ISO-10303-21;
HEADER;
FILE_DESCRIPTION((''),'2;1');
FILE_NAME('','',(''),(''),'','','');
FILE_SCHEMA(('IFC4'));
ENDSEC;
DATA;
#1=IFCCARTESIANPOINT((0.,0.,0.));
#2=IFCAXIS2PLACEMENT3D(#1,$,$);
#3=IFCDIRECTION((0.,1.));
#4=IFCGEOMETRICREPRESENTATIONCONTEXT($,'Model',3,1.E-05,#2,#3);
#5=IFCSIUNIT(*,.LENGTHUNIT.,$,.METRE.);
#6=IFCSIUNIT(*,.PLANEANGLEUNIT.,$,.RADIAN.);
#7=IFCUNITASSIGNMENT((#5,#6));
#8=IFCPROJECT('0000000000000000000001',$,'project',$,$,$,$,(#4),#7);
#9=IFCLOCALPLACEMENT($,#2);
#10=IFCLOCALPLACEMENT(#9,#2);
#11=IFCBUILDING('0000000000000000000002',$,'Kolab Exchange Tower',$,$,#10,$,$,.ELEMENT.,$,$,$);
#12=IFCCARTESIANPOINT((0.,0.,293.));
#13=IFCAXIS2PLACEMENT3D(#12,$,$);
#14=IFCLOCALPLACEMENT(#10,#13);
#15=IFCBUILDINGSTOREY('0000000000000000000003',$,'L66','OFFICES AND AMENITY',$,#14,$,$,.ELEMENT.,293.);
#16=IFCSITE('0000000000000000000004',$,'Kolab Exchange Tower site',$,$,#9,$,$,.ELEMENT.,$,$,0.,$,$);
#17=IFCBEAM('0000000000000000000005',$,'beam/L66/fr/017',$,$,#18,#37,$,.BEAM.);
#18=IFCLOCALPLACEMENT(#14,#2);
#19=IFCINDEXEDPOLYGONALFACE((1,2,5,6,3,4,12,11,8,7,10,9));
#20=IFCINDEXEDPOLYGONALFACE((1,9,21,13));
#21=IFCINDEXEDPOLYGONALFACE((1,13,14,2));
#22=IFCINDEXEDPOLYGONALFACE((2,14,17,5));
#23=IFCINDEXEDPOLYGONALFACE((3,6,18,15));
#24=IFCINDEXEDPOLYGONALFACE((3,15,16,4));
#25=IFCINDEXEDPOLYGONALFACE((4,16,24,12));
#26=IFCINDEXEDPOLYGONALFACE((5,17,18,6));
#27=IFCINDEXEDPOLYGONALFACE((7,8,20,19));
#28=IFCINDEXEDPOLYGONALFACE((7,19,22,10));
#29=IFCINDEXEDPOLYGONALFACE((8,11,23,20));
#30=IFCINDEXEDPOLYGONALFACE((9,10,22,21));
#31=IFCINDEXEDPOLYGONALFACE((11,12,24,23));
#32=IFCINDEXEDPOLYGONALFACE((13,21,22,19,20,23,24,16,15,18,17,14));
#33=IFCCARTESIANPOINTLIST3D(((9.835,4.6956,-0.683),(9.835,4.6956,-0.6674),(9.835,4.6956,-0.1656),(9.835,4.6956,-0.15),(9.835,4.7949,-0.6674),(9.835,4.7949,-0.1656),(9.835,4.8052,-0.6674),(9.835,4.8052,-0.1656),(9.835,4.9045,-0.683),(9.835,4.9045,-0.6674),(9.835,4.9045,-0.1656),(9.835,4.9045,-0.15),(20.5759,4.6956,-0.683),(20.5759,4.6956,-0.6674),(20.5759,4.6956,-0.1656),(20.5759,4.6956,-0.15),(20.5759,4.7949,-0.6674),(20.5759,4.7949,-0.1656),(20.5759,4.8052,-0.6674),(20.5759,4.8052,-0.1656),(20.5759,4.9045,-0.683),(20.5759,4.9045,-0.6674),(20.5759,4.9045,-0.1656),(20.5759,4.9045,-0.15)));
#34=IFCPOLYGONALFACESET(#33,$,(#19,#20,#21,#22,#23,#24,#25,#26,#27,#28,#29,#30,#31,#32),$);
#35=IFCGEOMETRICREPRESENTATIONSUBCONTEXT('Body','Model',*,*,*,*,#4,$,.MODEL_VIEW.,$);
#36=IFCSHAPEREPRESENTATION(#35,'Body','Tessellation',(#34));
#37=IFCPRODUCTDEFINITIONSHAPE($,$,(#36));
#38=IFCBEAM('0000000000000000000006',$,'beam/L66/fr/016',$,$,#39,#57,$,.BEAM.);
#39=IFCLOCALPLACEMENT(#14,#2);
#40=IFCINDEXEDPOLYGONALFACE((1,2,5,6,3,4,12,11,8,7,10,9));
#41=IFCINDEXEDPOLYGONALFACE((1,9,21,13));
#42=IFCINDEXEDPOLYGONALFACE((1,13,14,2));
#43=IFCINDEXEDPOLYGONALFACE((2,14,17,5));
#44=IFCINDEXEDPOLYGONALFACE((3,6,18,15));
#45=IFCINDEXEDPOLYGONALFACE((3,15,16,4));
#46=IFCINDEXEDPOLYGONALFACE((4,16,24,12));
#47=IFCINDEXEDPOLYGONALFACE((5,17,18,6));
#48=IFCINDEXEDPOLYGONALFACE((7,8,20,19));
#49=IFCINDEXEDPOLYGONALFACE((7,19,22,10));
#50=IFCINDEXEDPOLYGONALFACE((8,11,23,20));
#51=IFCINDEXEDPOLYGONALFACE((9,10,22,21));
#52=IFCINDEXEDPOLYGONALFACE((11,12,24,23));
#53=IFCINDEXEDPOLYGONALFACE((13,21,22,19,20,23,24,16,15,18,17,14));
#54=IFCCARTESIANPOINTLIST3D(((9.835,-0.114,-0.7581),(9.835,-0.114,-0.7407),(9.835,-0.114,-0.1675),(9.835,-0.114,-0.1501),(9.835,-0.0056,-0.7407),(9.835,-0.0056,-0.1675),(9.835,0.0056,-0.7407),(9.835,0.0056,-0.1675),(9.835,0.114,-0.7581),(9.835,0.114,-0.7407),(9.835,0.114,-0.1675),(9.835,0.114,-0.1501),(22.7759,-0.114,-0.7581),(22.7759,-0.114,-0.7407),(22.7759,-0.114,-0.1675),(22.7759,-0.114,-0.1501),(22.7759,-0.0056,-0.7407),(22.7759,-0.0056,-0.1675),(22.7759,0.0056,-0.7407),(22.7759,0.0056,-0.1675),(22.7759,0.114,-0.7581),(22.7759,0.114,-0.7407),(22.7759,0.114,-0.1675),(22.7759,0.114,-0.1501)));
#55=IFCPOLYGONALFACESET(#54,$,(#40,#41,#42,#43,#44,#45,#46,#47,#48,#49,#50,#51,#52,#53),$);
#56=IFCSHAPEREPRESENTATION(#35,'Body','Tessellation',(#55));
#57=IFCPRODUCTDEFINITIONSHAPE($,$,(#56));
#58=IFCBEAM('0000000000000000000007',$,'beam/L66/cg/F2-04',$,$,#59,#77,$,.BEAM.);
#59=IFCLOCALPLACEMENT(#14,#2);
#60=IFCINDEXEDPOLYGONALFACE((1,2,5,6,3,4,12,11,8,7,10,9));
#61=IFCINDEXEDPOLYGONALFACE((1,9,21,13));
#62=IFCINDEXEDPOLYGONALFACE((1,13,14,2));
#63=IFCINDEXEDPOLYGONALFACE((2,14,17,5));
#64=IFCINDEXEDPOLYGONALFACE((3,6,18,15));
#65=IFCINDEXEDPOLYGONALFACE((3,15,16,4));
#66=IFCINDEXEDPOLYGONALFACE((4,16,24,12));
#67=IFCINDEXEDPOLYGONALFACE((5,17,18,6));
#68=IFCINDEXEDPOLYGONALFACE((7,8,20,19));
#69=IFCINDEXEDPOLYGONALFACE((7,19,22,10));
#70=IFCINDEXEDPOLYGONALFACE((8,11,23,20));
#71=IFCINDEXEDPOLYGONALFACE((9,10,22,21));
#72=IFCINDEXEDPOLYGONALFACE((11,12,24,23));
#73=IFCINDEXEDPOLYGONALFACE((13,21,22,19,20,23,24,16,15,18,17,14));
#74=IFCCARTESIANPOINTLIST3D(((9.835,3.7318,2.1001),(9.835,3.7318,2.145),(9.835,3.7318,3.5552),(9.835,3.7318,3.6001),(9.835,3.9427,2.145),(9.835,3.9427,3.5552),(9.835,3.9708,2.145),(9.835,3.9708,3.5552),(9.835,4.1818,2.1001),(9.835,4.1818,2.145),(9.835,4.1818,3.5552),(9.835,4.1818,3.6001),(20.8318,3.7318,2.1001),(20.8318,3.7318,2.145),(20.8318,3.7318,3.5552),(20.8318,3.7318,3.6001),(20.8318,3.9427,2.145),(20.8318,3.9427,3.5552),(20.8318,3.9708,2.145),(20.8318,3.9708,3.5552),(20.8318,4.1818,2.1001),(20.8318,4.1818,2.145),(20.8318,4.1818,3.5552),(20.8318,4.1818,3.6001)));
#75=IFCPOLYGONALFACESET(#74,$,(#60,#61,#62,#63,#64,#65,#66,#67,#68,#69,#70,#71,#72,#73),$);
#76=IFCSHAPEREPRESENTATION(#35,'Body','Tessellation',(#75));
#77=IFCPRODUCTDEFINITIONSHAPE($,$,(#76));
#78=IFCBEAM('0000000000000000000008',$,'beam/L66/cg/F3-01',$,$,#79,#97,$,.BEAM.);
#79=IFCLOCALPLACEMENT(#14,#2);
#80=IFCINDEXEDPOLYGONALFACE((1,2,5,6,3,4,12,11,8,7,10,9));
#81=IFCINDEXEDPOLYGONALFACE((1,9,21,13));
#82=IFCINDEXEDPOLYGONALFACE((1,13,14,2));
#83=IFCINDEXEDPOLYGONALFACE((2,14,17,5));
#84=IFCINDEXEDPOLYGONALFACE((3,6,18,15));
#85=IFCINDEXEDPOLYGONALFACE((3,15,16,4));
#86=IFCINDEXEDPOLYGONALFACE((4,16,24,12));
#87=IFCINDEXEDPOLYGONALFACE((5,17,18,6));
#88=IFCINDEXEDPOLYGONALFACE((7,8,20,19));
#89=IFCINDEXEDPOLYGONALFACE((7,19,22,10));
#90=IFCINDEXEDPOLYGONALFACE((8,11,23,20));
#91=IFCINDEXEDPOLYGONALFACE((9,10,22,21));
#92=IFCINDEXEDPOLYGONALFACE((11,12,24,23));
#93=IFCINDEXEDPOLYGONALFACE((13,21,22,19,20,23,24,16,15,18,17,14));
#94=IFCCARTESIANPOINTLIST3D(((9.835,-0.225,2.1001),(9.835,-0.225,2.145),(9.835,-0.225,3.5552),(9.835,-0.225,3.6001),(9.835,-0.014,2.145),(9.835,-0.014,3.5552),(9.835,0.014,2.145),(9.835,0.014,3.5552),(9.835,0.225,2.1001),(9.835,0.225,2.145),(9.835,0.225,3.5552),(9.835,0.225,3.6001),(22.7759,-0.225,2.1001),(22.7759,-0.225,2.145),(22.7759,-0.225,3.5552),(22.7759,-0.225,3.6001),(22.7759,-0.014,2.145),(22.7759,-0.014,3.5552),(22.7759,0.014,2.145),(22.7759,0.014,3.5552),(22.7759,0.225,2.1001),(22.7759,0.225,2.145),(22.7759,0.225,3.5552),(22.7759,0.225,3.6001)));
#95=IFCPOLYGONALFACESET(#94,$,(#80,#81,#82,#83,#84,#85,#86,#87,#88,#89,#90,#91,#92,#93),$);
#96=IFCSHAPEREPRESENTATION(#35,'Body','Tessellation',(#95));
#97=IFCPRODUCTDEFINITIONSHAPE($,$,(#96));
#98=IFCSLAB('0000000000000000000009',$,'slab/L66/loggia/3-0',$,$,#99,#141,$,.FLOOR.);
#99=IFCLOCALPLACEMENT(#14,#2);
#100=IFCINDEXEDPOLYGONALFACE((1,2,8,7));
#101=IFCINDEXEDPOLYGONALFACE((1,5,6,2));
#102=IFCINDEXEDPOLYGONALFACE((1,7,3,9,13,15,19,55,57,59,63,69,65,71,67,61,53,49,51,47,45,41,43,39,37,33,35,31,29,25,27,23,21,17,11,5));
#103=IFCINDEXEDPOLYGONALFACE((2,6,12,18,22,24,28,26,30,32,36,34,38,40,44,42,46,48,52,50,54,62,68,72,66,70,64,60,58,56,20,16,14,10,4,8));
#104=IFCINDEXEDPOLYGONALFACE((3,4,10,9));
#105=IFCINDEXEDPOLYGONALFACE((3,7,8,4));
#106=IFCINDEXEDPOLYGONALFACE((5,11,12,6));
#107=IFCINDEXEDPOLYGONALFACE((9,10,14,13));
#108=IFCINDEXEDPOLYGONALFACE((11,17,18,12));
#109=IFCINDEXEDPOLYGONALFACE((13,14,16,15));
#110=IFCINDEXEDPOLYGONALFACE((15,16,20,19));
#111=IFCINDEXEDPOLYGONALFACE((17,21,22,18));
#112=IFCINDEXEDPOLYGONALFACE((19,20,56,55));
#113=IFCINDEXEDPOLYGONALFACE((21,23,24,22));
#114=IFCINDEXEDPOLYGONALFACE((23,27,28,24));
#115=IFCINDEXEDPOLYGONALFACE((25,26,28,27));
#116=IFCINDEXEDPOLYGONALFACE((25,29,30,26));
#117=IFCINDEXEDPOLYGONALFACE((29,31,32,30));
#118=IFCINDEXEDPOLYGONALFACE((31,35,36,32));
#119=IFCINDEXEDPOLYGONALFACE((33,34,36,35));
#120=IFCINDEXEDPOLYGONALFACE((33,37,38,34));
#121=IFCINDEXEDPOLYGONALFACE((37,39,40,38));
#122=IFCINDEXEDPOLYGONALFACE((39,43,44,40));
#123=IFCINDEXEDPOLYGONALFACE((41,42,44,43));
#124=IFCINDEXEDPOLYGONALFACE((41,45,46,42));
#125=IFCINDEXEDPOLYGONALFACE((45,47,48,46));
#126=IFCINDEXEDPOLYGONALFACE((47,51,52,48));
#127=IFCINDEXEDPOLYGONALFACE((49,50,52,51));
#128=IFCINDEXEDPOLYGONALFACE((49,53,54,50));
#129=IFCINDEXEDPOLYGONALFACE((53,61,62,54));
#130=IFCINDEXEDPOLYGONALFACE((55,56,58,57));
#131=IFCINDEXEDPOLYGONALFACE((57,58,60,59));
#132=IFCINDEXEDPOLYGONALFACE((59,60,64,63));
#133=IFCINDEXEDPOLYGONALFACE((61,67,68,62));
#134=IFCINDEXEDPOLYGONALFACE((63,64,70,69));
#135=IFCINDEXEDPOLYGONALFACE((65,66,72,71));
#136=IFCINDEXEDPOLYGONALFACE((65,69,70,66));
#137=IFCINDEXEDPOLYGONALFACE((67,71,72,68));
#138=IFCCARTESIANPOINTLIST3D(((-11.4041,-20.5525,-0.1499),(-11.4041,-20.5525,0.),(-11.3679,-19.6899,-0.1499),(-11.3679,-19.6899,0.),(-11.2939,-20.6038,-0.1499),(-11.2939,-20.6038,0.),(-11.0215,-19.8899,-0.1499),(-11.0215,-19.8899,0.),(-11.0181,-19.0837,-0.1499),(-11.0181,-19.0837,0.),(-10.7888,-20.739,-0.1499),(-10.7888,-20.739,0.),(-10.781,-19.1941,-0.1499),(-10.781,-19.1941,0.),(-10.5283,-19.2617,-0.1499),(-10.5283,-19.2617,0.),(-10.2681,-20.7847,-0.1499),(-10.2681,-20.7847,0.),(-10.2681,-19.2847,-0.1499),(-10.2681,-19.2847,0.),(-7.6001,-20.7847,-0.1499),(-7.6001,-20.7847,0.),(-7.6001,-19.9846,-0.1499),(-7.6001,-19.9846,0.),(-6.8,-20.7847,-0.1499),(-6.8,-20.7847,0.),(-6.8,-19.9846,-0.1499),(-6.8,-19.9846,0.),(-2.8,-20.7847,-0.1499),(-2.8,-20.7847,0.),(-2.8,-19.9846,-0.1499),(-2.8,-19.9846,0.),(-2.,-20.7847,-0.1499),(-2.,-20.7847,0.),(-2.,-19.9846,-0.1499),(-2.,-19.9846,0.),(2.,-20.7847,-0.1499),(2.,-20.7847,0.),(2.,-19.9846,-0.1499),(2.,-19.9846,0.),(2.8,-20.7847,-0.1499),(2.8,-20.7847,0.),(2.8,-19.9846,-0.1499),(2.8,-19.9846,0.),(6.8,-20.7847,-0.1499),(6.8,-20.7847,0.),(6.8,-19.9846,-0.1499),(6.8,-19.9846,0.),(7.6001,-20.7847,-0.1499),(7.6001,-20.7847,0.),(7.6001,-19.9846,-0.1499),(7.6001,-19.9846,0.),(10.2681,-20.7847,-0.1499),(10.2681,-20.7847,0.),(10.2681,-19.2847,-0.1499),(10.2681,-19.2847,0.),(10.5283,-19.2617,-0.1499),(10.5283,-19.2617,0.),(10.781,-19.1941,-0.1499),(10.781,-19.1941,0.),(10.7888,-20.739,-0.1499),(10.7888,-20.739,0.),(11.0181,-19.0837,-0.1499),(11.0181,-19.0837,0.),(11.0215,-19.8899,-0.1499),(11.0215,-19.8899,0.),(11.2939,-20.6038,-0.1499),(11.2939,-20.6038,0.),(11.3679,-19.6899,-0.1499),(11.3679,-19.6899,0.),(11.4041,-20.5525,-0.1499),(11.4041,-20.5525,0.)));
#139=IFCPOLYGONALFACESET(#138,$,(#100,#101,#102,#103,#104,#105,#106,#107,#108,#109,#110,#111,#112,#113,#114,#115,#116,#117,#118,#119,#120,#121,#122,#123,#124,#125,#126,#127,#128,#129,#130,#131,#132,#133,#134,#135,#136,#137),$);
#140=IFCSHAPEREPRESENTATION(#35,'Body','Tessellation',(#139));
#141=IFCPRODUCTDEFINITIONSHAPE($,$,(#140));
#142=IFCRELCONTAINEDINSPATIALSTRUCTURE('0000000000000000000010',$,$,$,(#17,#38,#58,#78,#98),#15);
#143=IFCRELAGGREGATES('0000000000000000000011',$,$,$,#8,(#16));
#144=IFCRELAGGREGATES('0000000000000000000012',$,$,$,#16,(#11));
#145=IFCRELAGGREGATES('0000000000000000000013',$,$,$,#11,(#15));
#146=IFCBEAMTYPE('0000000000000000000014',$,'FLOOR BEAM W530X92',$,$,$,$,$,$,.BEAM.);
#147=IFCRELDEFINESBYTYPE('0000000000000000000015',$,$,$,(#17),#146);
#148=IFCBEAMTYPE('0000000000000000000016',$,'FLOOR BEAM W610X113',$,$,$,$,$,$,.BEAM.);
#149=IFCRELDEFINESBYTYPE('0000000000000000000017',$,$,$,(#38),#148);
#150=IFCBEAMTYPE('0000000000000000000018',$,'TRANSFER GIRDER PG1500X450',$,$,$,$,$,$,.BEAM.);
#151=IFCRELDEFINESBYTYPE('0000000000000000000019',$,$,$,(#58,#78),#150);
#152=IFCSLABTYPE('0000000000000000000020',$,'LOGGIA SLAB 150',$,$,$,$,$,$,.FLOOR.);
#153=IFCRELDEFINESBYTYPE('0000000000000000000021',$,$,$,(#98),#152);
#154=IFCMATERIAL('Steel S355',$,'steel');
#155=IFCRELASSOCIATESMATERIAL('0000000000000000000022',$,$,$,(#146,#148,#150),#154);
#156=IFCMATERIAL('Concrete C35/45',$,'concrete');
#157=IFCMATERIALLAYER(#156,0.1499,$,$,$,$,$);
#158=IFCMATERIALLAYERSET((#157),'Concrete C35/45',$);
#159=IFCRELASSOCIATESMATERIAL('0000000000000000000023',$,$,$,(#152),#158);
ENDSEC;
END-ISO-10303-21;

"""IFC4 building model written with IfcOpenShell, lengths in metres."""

from ifc_helpers import new_model, si_unit, direction, frame, origin, origin_2d, place, context, subcontext, project, spatial, polyline, i_section, outline, extrude, material, layer, layer_set, material_profile, profile_set, type_object, element, save


model = new_model("IFC4")

# Units and contexts
model_context = context("Model", 3, precision=1e-05, world=origin(), true_north=direction((0.0, 1.0)))
body_context = subcontext(model_context, "Body", "Model", "MODEL_VIEW")
ifc_project = project(units=[si_unit("LENGTHUNIT", "METRE"), si_unit("PLANEANGLEUNIT", "RADIAN")], contexts=[model_context])

# Site, building, storey
site_placement = place(None, origin())
site = spatial("IfcSite", under=ifc_project, at=site_placement, Name="Kolab Exchange Tower site", CompositionType="ELEMENT", RefElevation=0.0)
building_placement = place(site_placement, origin())
building = spatial("IfcBuilding", under=site, at=building_placement, Name="Kolab Exchange Tower", CompositionType="ELEMENT")
storey_placement = place(building_placement, frame((0.0, 0.0, 293.0)))
storey = spatial("IfcBuildingStorey", under=building, at=storey_placement, Name="L66", Description="OFFICES AND AMENITY", CompositionType="ELEMENT", Elevation=293.0)

# Beams
ifc_material_1 = material(Name="Steel S355", Category="steel")
ifc_material_profile_1 = material_profile(ifc_material_1, i_section(OverallWidth=0.209, OverallDepth=0.533, WebThickness=0.0103, FlangeThickness=0.0156, at=origin_2d()), Name="W530X92")
ifc_profile_set_1 = profile_set([ifc_material_profile_1], Name="Steel S355")
beam_type_1 = type_object("IfcBeamType", Name="FLOOR BEAM W530X92", PredefinedType="BEAM", material=ifc_profile_set_1)
beam_1_placement = place(storey_placement, frame((9.835, 4.8, -0.4165), z_axis=(1.0, 0.0, 0.0), x_axis=(0.0, 1.0, 0.0)))
element("IfcBeam", 1, at=beam_1_placement, inside=storey, type_object=beam_type_1, Name="beam/L66/fr/017", PredefinedType="BEAM", context=body_context, shape_type="SweptSolid", body=[
    extrude(i_section(OverallWidth=0.209, OverallDepth=0.533, WebThickness=0.0103, FlangeThickness=0.0156, at=origin_2d()), origin(), (0.0, 0.0, 1.0), 10.741),
])
ifc_material_profile_2 = material_profile(ifc_material_1, i_section(OverallWidth=0.228, OverallDepth=0.6079, WebThickness=0.0112, FlangeThickness=0.0173, at=origin_2d()), Name="W610X113")
ifc_profile_set_2 = profile_set([ifc_material_profile_2], Name="Steel S355")
beam_type_2 = type_object("IfcBeamType", Name="FLOOR BEAM W610X113", PredefinedType="BEAM", material=ifc_profile_set_2)
beam_2_placement = place(storey_placement, frame((9.835, 0.0, -0.4541), z_axis=(1.0, 0.0, 0.0), x_axis=(0.0, 1.0, 0.0)))
element("IfcBeam", 2, at=beam_2_placement, inside=storey, type_object=beam_type_2, Name="beam/L66/fr/016", PredefinedType="BEAM", context=body_context, shape_type="SweptSolid", body=[
    extrude(i_section(OverallWidth=0.228, OverallDepth=0.6079, WebThickness=0.0112, FlangeThickness=0.0173, at=origin_2d()), origin(), (0.0, 0.0, 1.0), 12.9409),
])
ifc_material_profile_3 = material_profile(ifc_material_1, i_section(OverallWidth=0.45, OverallDepth=1.5, WebThickness=0.0281, FlangeThickness=0.0449, at=origin_2d()), Name="PG1500X450")
ifc_profile_set_3 = profile_set([ifc_material_profile_3], Name="Steel S355")
beam_type_3 = type_object("IfcBeamType", Name="TRANSFER GIRDER PG1500X450", PredefinedType="BEAM", material=ifc_profile_set_3)
beam_3_placement = place(storey_placement, frame((9.835, 3.9568, 2.8501), z_axis=(1.0, 0.0, 0.0), x_axis=(0.0, 1.0, 0.0)))
element("IfcBeam", 3, at=beam_3_placement, inside=storey, type_object=beam_type_3, Name="beam/L66/cg/F2-04", PredefinedType="BEAM", context=body_context, shape_type="SweptSolid", body=[
    extrude(i_section(OverallWidth=0.45, OverallDepth=1.5, WebThickness=0.0281, FlangeThickness=0.0449, at=origin_2d()), origin(), (0.0, 0.0, 1.0), 10.9968),
])
beam_4_placement = place(storey_placement, frame((9.835, 0.0, 2.8501), z_axis=(1.0, 0.0, 0.0), x_axis=(0.0, 1.0, 0.0)))
element("IfcBeam", 4, at=beam_4_placement, inside=storey, type_object=beam_type_3, Name="beam/L66/cg/F3-01", PredefinedType="BEAM", context=body_context, shape_type="SweptSolid", body=[
    extrude(i_section(OverallWidth=0.45, OverallDepth=1.5, WebThickness=0.0281, FlangeThickness=0.0449, at=origin_2d()), origin(), (0.0, 0.0, 1.0), 12.9409),
])

# Slab
ifc_material_2 = material(Name="Concrete C35/45", Category="concrete")
ifc_layer_1 = layer(ifc_material_2, 0.1499)
ifc_layer_set_1 = layer_set([ifc_layer_1], Name="Concrete C35/45")
slab_type_1 = type_object("IfcSlabType", Name="LOGGIA SLAB 150", PredefinedType="FLOOR", material=ifc_layer_set_1)
slab_1_placement = place(storey_placement, frame((0.0, 0.0, -0.1499)))
element("IfcSlab", 5, at=slab_1_placement, inside=storey, type_object=slab_type_1, Name="slab/L66/loggia/3-0", PredefinedType="FLOOR", context=body_context, shape_type="SweptSolid", body=[
    extrude(outline(polyline([(-11.0181, -19.0837), (-11.3679, -19.6899), (-11.0215, -19.8899), (-11.4041, -20.5525), (-11.2939, -20.6038), (-10.7888, -20.739), (-10.2681, -20.7847), (-7.6001, -20.7847), (-7.6001, -19.9846), (-6.8, -19.9846), (-6.8, -20.7847), (-2.8, -20.7847), (-2.8, -19.9846), (-2.0, -19.9846), (-2.0, -20.7847), (2.0, -20.7847), (2.0, -19.9846), (2.8, -19.9846), (2.8, -20.7847), (6.8, -20.7847), (6.8, -19.9846), (7.6001, -19.9846), (7.6001, -20.7847), (10.2681, -20.7847), (10.7888, -20.739), (11.2939, -20.6038), (11.4041, -20.5525), (11.0215, -19.8899), (11.3679, -19.6899), (11.0181, -19.0837), (10.781, -19.1941), (10.5283, -19.2617), (10.2681, -19.2847), (-10.2681, -19.2847), (-10.5283, -19.2617), (-10.781, -19.1941), (-11.0181, -19.0837)])), origin(), (0.0, 0.0, 1.0), 0.1499),
])

save(model, "model.ifc")
